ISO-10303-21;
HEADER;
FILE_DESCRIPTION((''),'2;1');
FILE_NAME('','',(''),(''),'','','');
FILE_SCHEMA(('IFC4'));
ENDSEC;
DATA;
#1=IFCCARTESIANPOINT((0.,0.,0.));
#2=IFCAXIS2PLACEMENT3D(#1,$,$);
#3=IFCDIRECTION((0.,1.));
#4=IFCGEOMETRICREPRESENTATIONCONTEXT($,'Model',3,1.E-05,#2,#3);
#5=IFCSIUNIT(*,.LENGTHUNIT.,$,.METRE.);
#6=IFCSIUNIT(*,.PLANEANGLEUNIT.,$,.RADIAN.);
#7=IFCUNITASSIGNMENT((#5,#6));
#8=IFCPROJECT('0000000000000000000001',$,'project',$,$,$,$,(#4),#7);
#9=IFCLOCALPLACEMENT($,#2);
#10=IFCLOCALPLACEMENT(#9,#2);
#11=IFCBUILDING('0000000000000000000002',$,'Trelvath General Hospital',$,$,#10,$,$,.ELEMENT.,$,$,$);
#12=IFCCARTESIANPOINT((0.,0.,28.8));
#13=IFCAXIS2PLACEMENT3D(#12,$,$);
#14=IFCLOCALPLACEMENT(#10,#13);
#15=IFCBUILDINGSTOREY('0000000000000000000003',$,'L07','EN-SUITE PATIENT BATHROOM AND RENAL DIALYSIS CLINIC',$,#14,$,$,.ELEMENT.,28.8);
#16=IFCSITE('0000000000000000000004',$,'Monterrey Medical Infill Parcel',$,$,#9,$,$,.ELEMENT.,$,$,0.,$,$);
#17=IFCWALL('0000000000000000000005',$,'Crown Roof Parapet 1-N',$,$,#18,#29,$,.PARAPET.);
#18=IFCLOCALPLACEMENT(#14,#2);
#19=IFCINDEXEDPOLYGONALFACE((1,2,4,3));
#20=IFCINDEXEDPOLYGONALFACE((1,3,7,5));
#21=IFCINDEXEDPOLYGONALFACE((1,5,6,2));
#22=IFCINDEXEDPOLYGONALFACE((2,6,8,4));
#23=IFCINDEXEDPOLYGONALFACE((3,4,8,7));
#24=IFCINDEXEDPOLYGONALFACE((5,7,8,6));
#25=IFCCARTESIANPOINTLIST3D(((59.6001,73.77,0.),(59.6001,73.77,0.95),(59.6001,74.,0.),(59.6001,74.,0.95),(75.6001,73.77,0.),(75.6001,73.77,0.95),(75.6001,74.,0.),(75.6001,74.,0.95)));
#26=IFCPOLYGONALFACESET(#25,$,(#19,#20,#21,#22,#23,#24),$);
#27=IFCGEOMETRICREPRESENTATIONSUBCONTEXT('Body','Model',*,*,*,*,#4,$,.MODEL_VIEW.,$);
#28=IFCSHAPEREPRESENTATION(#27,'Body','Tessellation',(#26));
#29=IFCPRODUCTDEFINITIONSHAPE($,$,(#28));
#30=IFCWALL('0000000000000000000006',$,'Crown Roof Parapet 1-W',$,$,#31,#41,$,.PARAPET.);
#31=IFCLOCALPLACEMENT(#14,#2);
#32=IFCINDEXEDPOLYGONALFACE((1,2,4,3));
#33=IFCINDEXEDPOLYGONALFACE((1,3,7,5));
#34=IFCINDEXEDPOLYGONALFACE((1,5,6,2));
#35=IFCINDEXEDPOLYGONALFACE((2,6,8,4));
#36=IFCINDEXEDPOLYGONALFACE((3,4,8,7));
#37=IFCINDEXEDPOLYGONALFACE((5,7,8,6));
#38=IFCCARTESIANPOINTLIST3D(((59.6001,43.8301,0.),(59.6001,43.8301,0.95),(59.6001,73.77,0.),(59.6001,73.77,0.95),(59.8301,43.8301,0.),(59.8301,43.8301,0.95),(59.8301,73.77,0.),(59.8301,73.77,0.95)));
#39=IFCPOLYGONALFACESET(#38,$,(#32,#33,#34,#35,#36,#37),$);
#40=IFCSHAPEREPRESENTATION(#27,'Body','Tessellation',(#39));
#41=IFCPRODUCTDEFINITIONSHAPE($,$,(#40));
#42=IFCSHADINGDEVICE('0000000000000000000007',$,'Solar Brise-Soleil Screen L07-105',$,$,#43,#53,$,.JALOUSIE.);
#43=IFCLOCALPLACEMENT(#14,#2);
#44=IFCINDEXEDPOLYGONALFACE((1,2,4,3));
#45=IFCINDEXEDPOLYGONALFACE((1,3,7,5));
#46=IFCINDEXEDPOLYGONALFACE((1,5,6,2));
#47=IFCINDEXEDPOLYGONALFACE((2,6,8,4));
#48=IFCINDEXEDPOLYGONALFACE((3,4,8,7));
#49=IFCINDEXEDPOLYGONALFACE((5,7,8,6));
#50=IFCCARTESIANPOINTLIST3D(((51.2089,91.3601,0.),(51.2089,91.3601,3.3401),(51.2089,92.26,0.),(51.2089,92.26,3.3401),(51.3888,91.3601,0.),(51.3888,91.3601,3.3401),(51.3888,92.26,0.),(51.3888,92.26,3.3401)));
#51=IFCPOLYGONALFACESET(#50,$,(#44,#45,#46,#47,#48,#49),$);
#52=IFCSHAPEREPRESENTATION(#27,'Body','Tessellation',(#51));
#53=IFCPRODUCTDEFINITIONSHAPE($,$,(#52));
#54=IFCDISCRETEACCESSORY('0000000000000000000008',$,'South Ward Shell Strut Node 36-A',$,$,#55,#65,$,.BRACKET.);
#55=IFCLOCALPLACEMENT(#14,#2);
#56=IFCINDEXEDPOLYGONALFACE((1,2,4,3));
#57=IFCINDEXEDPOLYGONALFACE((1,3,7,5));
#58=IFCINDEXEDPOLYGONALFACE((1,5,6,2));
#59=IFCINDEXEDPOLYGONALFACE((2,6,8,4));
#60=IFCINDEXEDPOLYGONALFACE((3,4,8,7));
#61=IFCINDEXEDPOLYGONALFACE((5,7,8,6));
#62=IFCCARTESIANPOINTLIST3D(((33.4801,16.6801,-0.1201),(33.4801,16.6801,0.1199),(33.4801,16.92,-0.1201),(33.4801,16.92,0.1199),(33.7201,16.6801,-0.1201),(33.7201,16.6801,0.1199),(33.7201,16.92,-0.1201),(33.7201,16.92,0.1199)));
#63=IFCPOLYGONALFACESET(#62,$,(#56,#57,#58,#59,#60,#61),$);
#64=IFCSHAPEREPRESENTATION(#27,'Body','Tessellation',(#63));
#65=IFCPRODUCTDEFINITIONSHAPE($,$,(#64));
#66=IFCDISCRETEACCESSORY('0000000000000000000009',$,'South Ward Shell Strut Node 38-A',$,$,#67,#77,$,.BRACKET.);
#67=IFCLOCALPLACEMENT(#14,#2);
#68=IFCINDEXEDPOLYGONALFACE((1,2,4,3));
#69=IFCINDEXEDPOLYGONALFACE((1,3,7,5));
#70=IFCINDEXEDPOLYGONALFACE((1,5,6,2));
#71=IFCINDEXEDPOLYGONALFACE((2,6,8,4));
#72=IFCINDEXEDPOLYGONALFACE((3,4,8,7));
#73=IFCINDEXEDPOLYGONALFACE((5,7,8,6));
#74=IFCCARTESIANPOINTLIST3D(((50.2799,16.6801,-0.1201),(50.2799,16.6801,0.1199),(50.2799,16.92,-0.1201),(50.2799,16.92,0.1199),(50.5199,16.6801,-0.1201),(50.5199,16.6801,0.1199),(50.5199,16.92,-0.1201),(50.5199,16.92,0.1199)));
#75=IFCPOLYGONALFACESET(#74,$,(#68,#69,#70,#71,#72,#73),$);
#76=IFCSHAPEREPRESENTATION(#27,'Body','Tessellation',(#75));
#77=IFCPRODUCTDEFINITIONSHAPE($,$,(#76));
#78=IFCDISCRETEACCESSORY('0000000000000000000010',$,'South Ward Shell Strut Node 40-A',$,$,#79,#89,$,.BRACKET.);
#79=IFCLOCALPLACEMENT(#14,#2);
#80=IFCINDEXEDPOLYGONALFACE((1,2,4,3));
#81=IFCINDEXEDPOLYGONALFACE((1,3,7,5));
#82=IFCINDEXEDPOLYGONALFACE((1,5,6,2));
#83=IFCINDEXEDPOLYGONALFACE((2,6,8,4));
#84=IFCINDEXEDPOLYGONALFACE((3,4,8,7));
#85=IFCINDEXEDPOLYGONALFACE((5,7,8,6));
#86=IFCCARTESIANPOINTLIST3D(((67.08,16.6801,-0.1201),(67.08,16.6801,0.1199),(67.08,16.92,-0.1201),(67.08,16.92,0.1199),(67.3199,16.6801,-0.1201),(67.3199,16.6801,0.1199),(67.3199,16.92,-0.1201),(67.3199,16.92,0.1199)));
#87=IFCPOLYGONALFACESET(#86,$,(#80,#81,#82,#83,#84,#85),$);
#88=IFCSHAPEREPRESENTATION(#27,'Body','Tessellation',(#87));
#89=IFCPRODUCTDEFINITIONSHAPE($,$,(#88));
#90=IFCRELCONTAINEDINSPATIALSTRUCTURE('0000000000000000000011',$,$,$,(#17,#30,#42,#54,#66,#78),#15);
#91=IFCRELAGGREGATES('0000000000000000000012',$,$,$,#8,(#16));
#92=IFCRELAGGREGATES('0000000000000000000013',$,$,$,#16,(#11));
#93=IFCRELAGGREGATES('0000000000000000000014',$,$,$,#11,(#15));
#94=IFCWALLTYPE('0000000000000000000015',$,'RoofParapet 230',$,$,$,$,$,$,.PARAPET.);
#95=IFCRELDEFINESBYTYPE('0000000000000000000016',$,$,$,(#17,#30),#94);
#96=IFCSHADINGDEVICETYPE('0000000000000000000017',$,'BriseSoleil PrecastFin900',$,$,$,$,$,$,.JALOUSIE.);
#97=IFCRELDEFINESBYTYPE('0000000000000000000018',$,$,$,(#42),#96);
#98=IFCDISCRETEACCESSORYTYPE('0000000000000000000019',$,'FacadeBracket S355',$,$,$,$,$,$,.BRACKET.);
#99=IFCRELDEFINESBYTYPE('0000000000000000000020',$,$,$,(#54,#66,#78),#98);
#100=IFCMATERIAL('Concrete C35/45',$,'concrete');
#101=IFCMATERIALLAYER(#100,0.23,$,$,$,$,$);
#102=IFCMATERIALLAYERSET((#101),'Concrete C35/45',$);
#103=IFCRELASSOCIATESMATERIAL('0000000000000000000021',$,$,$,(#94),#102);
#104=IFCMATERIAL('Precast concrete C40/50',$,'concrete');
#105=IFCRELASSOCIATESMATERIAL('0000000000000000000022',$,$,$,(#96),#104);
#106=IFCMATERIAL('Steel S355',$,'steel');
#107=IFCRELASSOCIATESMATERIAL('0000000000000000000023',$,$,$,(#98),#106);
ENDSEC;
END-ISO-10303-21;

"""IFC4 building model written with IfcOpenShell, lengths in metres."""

from ifc_helpers import new_model, si_unit, direction, frame, frame_2d, origin, origin_2d, place, context, subcontext, project, spatial, rectangle, extrude, material, layer, layer_set, type_object, element, save


model = new_model("IFC4")

# Units and contexts
model_context = context("Model", 3, precision=1e-05, world=origin(), true_north=direction((0.0, 1.0)))
body_context = subcontext(model_context, "Body", "Model", "MODEL_VIEW")
ifc_project = project(units=[si_unit("LENGTHUNIT", "METRE"), si_unit("PLANEANGLEUNIT", "RADIAN")], contexts=[model_context])

# Site, building, storey
site_placement = place(None, origin())
site = spatial("IfcSite", under=ifc_project, at=site_placement, Name="Monterrey Medical Infill Parcel", CompositionType="ELEMENT", RefElevation=0.0)
building_placement = place(site_placement, origin())
building = spatial("IfcBuilding", under=site, at=building_placement, Name="Trelvath General Hospital", CompositionType="ELEMENT")
storey_placement = place(building_placement, frame((0.0, 0.0, 28.8)))
storey = spatial("IfcBuildingStorey", under=building, at=storey_placement, Name="L07", Description="EN-SUITE PATIENT BATHROOM AND RENAL DIALYSIS CLINIC", CompositionType="ELEMENT", Elevation=28.8)

# Walls
ifc_material_1 = material(Name="Concrete C35/45", Category="concrete")
ifc_layer_1 = layer(ifc_material_1, 0.23)
ifc_layer_set_1 = layer_set([ifc_layer_1], Name="Concrete C35/45")
wall_type_1 = type_object("IfcWallType", Name="RoofParapet 230", PredefinedType="PARAPET", material=ifc_layer_set_1)
for number, where, z_axis, x_axis, name in (
    (1, (59.6001, 73.885, 0.0), (0.0, 0.0, 1.0), (1.0, 0.0, 0.0), "Crown Roof Parapet 1-N"),
):
    element("IfcWall", number, at=place(storey_placement, frame(where, z_axis=z_axis, x_axis=x_axis)), inside=storey, type_object=wall_type_1, Name=name, PredefinedType="PARAPET", context=body_context, shape_type="SweptSolid", body=[
        extrude(rectangle(XDim=16.0, YDim=0.23, at=frame_2d((8.0, 0.0))), origin(), (0.0, 0.0, 1.0), 0.95),
    ])
wall_1_placement = place(storey_placement, frame((59.7151, 43.8301, 0.0), z_axis=(0.0, 0.0, 1.0), x_axis=(0.0, 1.0, 0.0)))
element("IfcWall", 2, at=wall_1_placement, inside=storey, type_object=wall_type_1, Name="Crown Roof Parapet 1-W", PredefinedType="PARAPET", context=body_context, shape_type="SweptSolid", body=[
    extrude(rectangle(XDim=29.9399, YDim=0.23, at=frame_2d((14.97, 0.0))), origin(), (0.0, 0.0, 1.0), 0.95),
])

# Shading device
ifc_material_2 = material(Name="Precast concrete C40/50", Category="concrete")
shading_device_type = type_object("IfcShadingDeviceType", Name="BriseSoleil PrecastFin900", PredefinedType="JALOUSIE", material=ifc_material_2)
shading_device_placement = place(storey_placement, frame((51.2988, 91.8101, 0.0), z_axis=(0.0, 0.0, 1.0), x_axis=(0.0, -1.0, 0.0)))
element("IfcShadingDevice", 3, at=shading_device_placement, inside=storey, type_object=shading_device_type, Name="Solar Brise-Soleil Screen L07-105", PredefinedType="JALOUSIE", context=body_context, shape_type="SweptSolid", body=[
    extrude(rectangle(XDim=0.8999, YDim=0.1799, at=origin_2d()), origin(), (0.0, 0.0, 1.0), 3.3401),
])

# Discrete accessories
ifc_material_3 = material(Name="Steel S355", Category="steel")
discrete_accessory_type = type_object("IfcDiscreteAccessoryType", Name="FacadeBracket S355", PredefinedType="BRACKET", material=ifc_material_3)
for number, where, z_axis, x_axis, name in (
    (4, (33.6001, 16.8, -0.1201), (0.0, 0.0, 1.0), (1.0, 0.0, 0.0), "South Ward Shell Strut Node 36-A"),
    (5, (50.3999, 16.8, -0.1201), (0.0, 0.0, 1.0), (1.0, 0.0, 0.0), "South Ward Shell Strut Node 38-A"),
    (6, (67.2, 16.8, -0.1201), (0.0, 0.0, 1.0), (1.0, 0.0, 0.0), "South Ward Shell Strut Node 40-A"),
):
    element("IfcDiscreteAccessory", number, at=place(storey_placement, frame(where, z_axis=z_axis, x_axis=x_axis)), inside=storey, type_object=discrete_accessory_type, Name=name, PredefinedType="BRACKET", context=body_context, shape_type="SweptSolid", body=[
        extrude(rectangle(XDim=0.24, YDim=0.24, at=origin_2d()), origin(), (0.0, 0.0, 1.0), 0.24),
    ])

save(model, "model.ifc")
